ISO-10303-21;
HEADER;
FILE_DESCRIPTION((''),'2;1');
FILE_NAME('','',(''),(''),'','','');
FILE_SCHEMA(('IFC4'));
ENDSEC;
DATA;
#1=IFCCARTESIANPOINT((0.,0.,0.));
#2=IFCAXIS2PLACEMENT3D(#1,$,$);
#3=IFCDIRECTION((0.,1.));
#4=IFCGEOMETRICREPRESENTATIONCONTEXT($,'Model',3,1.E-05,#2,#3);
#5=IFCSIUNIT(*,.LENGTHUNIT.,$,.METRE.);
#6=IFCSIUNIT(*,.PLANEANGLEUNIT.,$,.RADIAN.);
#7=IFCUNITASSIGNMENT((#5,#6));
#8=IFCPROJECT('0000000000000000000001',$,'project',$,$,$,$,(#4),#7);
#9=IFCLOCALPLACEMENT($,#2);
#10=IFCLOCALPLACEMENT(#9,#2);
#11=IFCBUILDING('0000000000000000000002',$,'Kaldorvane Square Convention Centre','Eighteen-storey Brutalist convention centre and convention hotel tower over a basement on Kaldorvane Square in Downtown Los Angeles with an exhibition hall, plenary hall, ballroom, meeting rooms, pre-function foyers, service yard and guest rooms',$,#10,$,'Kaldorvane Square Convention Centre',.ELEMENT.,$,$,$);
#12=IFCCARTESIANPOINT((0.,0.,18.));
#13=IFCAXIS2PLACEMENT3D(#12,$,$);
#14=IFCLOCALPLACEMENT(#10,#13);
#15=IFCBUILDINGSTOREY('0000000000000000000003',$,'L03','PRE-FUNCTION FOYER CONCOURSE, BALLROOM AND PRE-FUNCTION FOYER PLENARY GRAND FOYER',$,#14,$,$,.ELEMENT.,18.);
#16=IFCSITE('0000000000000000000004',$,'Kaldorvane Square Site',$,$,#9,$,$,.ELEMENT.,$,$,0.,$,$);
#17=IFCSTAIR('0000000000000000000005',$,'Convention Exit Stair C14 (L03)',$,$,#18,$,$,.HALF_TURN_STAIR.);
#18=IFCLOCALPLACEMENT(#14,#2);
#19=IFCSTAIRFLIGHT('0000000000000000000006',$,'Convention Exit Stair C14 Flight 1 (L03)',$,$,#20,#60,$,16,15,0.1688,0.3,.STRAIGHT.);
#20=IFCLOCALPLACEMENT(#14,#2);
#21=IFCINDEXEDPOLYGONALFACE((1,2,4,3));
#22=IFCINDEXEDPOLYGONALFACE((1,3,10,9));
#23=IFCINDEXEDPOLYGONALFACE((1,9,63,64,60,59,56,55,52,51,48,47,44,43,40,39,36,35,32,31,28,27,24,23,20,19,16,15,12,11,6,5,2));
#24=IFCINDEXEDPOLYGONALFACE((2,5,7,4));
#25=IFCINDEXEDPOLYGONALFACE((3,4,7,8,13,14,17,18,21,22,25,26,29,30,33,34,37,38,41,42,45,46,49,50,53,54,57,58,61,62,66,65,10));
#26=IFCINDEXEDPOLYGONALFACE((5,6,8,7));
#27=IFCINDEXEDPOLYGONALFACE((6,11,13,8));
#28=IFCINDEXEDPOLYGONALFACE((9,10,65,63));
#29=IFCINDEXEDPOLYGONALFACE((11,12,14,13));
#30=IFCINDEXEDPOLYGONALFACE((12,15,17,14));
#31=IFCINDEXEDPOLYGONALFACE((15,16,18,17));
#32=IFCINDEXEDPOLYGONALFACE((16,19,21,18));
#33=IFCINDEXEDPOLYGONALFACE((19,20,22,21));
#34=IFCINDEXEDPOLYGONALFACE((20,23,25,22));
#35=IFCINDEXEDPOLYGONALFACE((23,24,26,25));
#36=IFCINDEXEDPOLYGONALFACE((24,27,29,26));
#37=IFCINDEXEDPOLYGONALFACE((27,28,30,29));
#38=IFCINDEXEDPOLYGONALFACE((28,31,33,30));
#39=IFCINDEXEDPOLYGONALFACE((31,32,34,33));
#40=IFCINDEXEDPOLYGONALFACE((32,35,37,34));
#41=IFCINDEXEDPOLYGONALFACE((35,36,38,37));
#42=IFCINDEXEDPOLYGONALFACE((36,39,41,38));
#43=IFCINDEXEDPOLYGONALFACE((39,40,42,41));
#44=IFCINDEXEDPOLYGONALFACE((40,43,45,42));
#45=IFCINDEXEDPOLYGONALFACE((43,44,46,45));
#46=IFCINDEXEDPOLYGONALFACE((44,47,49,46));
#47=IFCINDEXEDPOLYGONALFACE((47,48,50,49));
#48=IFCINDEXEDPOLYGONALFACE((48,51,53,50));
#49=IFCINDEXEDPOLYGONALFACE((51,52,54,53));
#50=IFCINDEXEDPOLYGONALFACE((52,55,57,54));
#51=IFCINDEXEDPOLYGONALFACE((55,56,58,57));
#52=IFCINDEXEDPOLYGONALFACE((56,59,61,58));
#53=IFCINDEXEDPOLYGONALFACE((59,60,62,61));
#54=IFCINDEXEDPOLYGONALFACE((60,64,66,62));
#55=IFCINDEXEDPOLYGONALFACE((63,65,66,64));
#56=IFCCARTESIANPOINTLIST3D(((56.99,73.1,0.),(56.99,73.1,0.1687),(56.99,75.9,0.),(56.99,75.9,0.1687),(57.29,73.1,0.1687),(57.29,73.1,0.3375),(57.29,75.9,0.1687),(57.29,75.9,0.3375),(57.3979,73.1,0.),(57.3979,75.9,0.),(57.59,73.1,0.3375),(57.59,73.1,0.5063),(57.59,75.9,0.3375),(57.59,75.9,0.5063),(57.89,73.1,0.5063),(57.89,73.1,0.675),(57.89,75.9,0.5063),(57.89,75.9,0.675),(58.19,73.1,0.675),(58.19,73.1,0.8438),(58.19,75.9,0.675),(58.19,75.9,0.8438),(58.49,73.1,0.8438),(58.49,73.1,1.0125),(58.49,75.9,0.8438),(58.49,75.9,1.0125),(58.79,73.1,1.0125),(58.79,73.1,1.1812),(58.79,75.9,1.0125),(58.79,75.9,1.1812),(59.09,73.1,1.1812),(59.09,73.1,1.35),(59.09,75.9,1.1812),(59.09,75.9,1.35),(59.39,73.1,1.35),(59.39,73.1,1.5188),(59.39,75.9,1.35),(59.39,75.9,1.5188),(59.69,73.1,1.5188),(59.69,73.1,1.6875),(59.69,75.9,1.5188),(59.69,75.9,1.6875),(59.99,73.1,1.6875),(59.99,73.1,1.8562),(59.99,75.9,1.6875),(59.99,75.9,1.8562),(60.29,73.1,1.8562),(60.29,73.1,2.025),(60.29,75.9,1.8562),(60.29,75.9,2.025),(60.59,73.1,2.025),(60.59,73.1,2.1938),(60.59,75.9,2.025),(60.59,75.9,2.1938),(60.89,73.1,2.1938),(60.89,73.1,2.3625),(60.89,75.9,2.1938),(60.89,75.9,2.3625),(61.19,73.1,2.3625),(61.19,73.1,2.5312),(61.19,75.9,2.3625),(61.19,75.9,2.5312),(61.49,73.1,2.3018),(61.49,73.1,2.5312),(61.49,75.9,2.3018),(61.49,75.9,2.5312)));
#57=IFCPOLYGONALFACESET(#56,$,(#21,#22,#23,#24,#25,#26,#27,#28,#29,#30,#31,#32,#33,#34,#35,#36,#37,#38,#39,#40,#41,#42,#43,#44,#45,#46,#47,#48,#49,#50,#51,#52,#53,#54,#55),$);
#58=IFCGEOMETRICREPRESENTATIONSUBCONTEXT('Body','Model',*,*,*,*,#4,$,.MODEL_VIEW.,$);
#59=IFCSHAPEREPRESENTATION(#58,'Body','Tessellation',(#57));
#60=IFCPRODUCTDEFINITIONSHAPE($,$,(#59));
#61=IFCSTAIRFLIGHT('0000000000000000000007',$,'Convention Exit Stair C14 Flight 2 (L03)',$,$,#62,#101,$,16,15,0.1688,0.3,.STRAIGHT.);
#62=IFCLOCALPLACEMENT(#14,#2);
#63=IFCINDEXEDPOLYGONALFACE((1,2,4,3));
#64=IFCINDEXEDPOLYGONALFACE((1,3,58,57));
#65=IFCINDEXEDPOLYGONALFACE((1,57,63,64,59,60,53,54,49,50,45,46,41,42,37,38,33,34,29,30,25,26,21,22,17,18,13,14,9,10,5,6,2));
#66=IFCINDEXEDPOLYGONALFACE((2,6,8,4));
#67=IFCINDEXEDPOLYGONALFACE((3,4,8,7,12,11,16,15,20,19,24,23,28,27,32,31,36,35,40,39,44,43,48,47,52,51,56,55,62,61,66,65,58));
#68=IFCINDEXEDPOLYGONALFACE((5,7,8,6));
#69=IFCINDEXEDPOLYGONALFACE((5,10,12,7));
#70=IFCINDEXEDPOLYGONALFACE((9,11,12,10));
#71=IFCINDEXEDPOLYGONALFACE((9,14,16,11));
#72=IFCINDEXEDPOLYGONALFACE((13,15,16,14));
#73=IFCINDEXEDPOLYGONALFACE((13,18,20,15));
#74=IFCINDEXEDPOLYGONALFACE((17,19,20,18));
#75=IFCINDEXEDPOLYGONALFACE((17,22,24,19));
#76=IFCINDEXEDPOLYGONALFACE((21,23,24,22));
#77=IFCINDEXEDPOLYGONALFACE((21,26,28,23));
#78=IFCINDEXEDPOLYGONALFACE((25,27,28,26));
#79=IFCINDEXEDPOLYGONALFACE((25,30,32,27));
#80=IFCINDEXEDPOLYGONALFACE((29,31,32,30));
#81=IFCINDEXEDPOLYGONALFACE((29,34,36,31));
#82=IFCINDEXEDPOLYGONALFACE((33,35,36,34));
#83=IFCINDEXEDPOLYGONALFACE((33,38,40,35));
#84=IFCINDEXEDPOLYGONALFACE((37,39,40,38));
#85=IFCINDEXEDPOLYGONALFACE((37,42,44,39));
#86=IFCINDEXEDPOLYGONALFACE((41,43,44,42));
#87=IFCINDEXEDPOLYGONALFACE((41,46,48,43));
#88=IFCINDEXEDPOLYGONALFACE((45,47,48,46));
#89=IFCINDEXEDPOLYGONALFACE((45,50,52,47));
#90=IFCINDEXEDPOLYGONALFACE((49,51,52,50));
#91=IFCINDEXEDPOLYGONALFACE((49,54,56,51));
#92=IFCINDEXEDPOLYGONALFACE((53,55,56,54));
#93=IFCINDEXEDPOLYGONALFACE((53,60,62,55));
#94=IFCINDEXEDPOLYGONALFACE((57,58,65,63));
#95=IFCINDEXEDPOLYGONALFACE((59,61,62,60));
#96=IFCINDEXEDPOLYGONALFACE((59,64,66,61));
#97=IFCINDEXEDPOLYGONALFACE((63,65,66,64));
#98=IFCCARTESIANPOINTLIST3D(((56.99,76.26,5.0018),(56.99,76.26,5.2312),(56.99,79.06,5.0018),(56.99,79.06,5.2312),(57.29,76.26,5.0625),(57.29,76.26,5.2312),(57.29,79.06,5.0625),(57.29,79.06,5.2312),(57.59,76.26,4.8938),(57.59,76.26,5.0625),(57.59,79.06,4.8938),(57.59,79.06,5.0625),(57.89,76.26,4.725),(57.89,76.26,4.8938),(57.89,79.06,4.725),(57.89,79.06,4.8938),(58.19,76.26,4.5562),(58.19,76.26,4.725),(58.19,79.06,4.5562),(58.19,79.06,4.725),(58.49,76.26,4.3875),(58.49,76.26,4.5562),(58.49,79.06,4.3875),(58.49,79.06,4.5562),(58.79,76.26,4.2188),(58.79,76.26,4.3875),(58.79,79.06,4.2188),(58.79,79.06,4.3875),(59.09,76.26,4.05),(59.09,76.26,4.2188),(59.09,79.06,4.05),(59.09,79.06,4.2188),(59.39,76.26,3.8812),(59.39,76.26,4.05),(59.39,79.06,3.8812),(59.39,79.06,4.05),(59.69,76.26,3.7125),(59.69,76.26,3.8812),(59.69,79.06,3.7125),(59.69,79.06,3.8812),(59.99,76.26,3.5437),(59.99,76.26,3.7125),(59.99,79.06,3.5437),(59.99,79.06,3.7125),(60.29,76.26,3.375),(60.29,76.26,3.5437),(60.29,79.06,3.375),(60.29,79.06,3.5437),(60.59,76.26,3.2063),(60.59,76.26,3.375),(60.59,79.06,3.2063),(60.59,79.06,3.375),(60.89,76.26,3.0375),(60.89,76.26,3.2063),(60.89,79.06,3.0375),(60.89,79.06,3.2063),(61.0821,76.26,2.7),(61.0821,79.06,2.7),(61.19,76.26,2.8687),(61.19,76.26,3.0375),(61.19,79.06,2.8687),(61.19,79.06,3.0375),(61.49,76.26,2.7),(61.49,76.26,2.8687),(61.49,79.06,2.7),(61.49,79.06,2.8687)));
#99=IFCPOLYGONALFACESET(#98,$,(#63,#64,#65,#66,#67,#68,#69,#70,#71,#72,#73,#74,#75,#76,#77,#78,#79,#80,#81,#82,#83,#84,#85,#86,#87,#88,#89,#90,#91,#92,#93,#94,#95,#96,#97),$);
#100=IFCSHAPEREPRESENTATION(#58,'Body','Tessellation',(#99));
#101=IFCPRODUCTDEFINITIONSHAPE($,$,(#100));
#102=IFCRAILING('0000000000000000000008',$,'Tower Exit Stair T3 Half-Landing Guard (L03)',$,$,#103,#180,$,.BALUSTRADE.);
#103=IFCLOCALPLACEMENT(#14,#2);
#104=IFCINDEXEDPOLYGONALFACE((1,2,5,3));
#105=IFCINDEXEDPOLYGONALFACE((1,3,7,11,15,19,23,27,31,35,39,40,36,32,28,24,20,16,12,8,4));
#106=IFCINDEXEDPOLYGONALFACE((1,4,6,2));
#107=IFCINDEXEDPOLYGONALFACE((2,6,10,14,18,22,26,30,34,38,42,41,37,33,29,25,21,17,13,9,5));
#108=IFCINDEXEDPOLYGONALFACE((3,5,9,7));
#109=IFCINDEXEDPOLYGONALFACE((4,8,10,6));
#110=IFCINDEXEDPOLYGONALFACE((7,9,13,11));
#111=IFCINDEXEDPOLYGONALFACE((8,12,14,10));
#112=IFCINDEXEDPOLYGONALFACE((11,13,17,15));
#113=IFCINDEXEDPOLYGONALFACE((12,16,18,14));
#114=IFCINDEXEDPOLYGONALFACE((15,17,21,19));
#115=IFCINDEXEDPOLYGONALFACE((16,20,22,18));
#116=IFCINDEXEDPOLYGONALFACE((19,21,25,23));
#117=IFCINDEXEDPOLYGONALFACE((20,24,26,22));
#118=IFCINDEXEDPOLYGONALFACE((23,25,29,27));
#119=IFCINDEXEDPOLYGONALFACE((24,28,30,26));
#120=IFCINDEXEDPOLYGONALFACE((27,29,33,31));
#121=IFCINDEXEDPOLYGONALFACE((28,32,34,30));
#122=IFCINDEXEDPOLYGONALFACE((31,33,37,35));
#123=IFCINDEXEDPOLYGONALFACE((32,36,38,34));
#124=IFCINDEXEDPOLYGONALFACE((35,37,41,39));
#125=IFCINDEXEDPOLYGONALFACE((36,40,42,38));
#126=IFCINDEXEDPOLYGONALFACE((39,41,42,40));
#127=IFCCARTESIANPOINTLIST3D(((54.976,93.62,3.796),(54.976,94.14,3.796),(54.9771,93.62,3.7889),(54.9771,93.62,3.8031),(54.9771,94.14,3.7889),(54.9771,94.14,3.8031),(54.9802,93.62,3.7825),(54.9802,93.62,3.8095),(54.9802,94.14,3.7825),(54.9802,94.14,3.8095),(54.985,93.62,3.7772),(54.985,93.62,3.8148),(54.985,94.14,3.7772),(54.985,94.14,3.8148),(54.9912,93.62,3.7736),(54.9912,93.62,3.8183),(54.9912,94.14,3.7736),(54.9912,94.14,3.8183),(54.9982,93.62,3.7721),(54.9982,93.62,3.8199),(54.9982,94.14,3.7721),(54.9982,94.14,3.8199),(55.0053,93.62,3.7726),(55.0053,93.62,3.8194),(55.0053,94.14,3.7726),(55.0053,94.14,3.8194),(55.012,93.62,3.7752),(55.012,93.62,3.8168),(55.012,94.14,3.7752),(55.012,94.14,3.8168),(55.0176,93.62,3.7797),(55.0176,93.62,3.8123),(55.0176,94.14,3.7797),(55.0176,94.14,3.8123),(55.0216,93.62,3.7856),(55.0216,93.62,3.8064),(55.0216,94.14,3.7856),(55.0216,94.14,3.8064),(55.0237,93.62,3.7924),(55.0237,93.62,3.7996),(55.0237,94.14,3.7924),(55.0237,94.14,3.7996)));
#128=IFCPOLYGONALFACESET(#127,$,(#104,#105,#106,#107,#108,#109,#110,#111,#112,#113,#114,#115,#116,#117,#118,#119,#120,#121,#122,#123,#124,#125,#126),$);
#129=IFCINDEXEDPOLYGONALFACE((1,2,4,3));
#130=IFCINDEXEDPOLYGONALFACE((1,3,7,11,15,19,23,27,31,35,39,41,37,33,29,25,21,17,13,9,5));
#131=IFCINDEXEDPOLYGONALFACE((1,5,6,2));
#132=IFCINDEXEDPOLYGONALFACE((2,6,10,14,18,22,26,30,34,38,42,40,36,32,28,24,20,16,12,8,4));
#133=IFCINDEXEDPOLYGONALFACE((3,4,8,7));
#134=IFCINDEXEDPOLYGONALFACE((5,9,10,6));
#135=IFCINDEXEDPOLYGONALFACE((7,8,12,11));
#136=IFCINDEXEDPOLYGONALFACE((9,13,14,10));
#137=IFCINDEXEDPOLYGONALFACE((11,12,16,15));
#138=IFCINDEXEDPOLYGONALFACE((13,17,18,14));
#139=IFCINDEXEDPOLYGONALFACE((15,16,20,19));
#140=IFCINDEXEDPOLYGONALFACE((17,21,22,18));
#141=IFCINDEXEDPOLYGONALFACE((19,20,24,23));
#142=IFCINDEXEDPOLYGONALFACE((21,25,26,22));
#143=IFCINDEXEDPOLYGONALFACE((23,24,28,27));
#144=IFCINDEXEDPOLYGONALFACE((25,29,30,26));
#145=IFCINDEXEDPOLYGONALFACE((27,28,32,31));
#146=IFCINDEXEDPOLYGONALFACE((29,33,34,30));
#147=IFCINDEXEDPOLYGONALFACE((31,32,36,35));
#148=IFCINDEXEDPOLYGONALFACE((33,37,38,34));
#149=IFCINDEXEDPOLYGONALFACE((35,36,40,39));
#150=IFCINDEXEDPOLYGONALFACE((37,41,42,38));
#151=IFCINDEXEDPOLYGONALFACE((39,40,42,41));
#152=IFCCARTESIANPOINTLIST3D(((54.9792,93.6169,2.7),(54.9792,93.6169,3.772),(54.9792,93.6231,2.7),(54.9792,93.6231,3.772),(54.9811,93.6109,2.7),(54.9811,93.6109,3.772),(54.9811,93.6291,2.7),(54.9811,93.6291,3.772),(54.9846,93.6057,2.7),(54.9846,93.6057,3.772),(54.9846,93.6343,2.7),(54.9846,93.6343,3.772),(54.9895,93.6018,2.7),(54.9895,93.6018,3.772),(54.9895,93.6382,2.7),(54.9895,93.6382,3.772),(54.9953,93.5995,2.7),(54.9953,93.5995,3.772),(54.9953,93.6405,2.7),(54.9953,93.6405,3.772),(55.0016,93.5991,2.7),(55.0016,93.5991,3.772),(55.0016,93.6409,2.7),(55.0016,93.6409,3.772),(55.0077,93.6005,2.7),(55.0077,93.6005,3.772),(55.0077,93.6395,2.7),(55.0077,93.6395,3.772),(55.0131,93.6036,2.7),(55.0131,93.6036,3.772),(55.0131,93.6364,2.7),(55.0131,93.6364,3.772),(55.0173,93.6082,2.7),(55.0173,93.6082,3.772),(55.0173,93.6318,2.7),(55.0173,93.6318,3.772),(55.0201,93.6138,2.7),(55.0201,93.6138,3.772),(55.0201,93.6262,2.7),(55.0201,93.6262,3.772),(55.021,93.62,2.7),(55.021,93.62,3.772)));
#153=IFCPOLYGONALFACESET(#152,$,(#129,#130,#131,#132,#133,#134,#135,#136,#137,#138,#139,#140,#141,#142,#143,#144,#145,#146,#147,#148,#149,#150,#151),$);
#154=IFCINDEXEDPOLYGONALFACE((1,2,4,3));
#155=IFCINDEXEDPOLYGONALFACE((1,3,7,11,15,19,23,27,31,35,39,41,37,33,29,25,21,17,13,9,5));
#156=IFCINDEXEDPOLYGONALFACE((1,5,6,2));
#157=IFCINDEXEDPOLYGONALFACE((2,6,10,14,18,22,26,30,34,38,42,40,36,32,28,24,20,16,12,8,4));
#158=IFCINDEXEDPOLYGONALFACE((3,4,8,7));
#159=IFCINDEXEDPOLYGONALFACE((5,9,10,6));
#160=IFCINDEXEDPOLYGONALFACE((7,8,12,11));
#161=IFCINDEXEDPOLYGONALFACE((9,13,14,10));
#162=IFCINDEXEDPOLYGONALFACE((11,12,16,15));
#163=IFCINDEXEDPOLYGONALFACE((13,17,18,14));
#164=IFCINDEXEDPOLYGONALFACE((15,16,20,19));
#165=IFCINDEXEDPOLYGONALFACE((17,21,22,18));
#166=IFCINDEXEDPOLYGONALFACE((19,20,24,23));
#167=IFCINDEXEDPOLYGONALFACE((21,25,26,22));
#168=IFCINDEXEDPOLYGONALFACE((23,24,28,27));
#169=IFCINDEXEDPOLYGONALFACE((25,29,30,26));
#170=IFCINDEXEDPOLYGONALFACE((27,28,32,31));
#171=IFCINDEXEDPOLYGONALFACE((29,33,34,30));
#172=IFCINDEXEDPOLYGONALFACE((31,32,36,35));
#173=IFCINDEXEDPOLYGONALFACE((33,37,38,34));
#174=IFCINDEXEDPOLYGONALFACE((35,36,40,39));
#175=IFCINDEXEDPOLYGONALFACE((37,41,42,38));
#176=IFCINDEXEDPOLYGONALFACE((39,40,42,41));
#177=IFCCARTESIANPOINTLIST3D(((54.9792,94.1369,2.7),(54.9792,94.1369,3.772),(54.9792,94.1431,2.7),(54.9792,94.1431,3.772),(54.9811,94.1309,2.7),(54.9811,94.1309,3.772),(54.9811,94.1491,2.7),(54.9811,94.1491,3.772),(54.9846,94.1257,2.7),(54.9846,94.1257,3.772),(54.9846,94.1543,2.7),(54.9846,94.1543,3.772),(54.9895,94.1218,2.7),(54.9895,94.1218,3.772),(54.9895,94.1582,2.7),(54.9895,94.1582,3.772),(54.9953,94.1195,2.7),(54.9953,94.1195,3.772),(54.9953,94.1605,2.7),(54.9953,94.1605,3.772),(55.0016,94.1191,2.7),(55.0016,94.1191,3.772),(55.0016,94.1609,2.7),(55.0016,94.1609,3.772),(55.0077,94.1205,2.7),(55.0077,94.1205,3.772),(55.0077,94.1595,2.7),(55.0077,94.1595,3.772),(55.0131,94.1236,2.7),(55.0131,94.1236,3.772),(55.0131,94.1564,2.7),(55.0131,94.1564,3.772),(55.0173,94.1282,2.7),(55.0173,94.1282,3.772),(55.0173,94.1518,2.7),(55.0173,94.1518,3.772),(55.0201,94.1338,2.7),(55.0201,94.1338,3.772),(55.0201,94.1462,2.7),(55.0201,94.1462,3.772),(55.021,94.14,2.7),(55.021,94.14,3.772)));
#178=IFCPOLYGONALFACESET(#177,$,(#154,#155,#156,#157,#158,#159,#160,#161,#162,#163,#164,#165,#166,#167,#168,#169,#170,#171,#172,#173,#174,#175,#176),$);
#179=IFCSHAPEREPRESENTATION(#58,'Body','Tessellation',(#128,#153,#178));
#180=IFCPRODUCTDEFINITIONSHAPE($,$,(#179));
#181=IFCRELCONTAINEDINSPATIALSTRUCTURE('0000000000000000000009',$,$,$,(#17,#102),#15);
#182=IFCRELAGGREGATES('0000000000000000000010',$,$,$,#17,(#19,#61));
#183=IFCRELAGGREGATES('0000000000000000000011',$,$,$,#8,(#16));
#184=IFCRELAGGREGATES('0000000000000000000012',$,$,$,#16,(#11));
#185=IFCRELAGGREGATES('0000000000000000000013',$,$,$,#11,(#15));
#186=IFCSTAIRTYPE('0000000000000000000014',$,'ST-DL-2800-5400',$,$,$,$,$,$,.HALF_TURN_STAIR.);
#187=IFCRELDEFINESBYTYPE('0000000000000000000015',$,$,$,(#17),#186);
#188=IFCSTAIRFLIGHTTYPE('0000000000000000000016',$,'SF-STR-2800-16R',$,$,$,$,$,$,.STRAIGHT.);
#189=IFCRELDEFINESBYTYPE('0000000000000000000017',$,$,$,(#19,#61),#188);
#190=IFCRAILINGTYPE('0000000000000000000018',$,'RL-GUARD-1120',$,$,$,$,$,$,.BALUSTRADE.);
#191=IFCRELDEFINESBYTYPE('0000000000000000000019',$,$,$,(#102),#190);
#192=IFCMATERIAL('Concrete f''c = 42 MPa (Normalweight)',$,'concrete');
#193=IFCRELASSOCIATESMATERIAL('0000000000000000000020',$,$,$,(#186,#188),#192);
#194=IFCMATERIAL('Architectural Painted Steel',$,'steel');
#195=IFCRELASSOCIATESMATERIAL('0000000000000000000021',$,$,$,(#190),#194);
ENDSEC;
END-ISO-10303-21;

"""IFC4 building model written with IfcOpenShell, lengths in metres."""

from ifc_helpers import new_model, si_unit, direction, frame, origin, origin_2d, place, context, subcontext, project, spatial, polyline, circle, outline, extrude, material, type_object, element, aggregate, save


model = new_model("IFC4")

# Units and contexts
model_context = context("Model", 3, precision=1e-05, world=origin(), true_north=direction((0.0, 1.0)))
body_context = subcontext(model_context, "Body", "Model", "MODEL_VIEW")
ifc_project = project(units=[si_unit("LENGTHUNIT", "METRE"), si_unit("PLANEANGLEUNIT", "RADIAN")], contexts=[model_context])

# Site, building, storey
site_placement = place(None, origin())
site = spatial("IfcSite", under=ifc_project, at=site_placement, Name="Kaldorvane Square Site", CompositionType="ELEMENT", RefElevation=0.0)
building_placement = place(site_placement, origin())
building = spatial("IfcBuilding", under=site, at=building_placement, Name="Kaldorvane Square Convention Centre", Description="Eighteen-storey Brutalist convention centre and convention hotel tower over a basement on Kaldorvane Square in Downtown Los Angeles with an exhibition hall, plenary hall, ballroom, meeting rooms, pre-function foyers, service yard and guest rooms", LongName="Kaldorvane Square Convention Centre", CompositionType="ELEMENT")
storey_placement = place(building_placement, frame((0.0, 0.0, 18.0)))
storey = spatial("IfcBuildingStorey", under=building, at=storey_placement, Name="L03", Description="PRE-FUNCTION FOYER CONCOURSE, BALLROOM AND PRE-FUNCTION FOYER PLENARY GRAND FOYER", CompositionType="ELEMENT", Elevation=18.0)

# Stair, stair flights
ifc_material_1 = material(Name="Concrete f'c = 42 MPa (Normalweight)", Category="concrete")
stair_type = type_object("IfcStairType", Name="ST-DL-2800-5400", PredefinedType="HALF_TURN_STAIR", material=ifc_material_1)
stair_placement = place(storey_placement, origin())
stair = element("IfcStair", 1, at=stair_placement, inside=storey, type_object=stair_type, Name="Convention Exit Stair C14 (L03)", PredefinedType="HALF_TURN_STAIR")
stair_flight_type = type_object("IfcStairFlightType", Name="SF-STR-2800-16R", PredefinedType="STRAIGHT", material=ifc_material_1)
stair_flight_1_placement = place(storey_placement, frame((56.99, 74.5, 0.0), z_axis=(0.0, 0.0, 1.0), x_axis=(1.0, 0.0, 0.0)))
stair_flight_1 = element("IfcStairFlight", 2, at=stair_flight_1_placement, type_object=stair_flight_type, Name="Convention Exit Stair C14 Flight 1 (L03)", NumberOfRisers=16, NumberOfTreads=15, PredefinedType="STRAIGHT", RiserHeight=0.1688, TreadLength=0.3, context=body_context, shape_type="SweptSolid", body=[
    extrude(outline(polyline([(0.0, 0.0), (0.0, 0.1687), (0.3, 0.1687), (0.3, 0.3375), (0.6, 0.3375), (0.6, 0.5063), (0.9, 0.5063), (0.9, 0.675), (1.2, 0.675), (1.2, 0.8438), (1.5, 0.8438), (1.5, 1.0125), (1.8, 1.0125), (1.8, 1.1812), (2.1, 1.1812), (2.1, 1.35), (2.4, 1.35), (2.4, 1.5188), (2.7, 1.5188), (2.7, 1.6875), (3.0, 1.6875), (3.0, 1.8562), (3.3, 1.8562), (3.3, 2.025), (3.6, 2.025), (3.6, 2.1938), (3.9, 2.1938), (3.9, 2.3625), (4.2, 2.3625), (4.2, 2.5312), (4.5, 2.5312), (4.5, 2.7), (4.5, 2.3018), (0.4079, 0.0), (0.0, 0.0)])), frame((0.0, 1.4, 0.0), z_axis=(0.0, -1.0, 0.0), x_axis=(1.0, 0.0, 0.0)), (0.0, 0.0, 1.0), 2.8),
])
stair_flight_2_placement = place(storey_placement, frame((61.49, 77.66, 2.7), z_axis=(0.0, 0.0, 1.0), x_axis=(-1.0, 0.0, 0.0)))
stair_flight_2 = element("IfcStairFlight", 3, at=stair_flight_2_placement, type_object=stair_flight_type, Name="Convention Exit Stair C14 Flight 2 (L03)", NumberOfRisers=16, NumberOfTreads=15, PredefinedType="STRAIGHT", RiserHeight=0.1688, TreadLength=0.3, context=body_context, shape_type="SweptSolid", body=[
    extrude(outline(polyline([(0.0, 0.0), (0.0, 0.1687), (0.3, 0.1687), (0.3, 0.3375), (0.6, 0.3375), (0.6, 0.5063), (0.9, 0.5063), (0.9, 0.675), (1.2, 0.675), (1.2, 0.8438), (1.5, 0.8438), (1.5, 1.0125), (1.8, 1.0125), (1.8, 1.1812), (2.1, 1.1812), (2.1, 1.35), (2.4, 1.35), (2.4, 1.5188), (2.7, 1.5188), (2.7, 1.6875), (3.0, 1.6875), (3.0, 1.8562), (3.3, 1.8562), (3.3, 2.025), (3.6, 2.025), (3.6, 2.1938), (3.9, 2.1938), (3.9, 2.3625), (4.2, 2.3625), (4.2, 2.5312), (4.5, 2.5312), (4.5, 2.7), (4.5, 2.3018), (0.4079, 0.0), (0.0, 0.0)])), frame((0.0, 1.4, 0.0), z_axis=(0.0, -1.0, 0.0), x_axis=(1.0, 0.0, 0.0)), (0.0, 0.0, 1.0), 2.8),
])
aggregate(stair, [stair_flight_1, stair_flight_2])

# Railing
ifc_material_2 = material(Name="Architectural Painted Steel", Category="steel")
railing_type_1 = type_object("IfcRailingType", Name="RL-GUARD-1120", PredefinedType="BALUSTRADE", material=ifc_material_2)
railing_1_placement = place(storey_placement, frame((55.0, 93.62, 2.7)))
element("IfcRailing", 4, at=railing_1_placement, inside=storey, type_object=railing_type_1, Name="Tower Exit Stair T3 Half-Landing Guard (L03)", PredefinedType="BALUSTRADE", context=body_context, shape_type="SweptSolid", body=[
    extrude(circle(Radius=0.024, at=origin_2d()), frame((0.0, 0.0, 1.096), z_axis=(0.0, 1.0, 0.0), x_axis=(-1.0, 0.0, 0.0)), (0.0, 0.0, 1.0), 0.52),
    extrude(circle(Radius=0.021, at=origin_2d()), origin(), (0.0, 0.0, 1.0), 1.072),
    extrude(circle(Radius=0.021, at=origin_2d()), frame((0.0, 0.52, 0.0)), (0.0, 0.0, 1.0), 1.072),
])

save(model, "model.ifc")
